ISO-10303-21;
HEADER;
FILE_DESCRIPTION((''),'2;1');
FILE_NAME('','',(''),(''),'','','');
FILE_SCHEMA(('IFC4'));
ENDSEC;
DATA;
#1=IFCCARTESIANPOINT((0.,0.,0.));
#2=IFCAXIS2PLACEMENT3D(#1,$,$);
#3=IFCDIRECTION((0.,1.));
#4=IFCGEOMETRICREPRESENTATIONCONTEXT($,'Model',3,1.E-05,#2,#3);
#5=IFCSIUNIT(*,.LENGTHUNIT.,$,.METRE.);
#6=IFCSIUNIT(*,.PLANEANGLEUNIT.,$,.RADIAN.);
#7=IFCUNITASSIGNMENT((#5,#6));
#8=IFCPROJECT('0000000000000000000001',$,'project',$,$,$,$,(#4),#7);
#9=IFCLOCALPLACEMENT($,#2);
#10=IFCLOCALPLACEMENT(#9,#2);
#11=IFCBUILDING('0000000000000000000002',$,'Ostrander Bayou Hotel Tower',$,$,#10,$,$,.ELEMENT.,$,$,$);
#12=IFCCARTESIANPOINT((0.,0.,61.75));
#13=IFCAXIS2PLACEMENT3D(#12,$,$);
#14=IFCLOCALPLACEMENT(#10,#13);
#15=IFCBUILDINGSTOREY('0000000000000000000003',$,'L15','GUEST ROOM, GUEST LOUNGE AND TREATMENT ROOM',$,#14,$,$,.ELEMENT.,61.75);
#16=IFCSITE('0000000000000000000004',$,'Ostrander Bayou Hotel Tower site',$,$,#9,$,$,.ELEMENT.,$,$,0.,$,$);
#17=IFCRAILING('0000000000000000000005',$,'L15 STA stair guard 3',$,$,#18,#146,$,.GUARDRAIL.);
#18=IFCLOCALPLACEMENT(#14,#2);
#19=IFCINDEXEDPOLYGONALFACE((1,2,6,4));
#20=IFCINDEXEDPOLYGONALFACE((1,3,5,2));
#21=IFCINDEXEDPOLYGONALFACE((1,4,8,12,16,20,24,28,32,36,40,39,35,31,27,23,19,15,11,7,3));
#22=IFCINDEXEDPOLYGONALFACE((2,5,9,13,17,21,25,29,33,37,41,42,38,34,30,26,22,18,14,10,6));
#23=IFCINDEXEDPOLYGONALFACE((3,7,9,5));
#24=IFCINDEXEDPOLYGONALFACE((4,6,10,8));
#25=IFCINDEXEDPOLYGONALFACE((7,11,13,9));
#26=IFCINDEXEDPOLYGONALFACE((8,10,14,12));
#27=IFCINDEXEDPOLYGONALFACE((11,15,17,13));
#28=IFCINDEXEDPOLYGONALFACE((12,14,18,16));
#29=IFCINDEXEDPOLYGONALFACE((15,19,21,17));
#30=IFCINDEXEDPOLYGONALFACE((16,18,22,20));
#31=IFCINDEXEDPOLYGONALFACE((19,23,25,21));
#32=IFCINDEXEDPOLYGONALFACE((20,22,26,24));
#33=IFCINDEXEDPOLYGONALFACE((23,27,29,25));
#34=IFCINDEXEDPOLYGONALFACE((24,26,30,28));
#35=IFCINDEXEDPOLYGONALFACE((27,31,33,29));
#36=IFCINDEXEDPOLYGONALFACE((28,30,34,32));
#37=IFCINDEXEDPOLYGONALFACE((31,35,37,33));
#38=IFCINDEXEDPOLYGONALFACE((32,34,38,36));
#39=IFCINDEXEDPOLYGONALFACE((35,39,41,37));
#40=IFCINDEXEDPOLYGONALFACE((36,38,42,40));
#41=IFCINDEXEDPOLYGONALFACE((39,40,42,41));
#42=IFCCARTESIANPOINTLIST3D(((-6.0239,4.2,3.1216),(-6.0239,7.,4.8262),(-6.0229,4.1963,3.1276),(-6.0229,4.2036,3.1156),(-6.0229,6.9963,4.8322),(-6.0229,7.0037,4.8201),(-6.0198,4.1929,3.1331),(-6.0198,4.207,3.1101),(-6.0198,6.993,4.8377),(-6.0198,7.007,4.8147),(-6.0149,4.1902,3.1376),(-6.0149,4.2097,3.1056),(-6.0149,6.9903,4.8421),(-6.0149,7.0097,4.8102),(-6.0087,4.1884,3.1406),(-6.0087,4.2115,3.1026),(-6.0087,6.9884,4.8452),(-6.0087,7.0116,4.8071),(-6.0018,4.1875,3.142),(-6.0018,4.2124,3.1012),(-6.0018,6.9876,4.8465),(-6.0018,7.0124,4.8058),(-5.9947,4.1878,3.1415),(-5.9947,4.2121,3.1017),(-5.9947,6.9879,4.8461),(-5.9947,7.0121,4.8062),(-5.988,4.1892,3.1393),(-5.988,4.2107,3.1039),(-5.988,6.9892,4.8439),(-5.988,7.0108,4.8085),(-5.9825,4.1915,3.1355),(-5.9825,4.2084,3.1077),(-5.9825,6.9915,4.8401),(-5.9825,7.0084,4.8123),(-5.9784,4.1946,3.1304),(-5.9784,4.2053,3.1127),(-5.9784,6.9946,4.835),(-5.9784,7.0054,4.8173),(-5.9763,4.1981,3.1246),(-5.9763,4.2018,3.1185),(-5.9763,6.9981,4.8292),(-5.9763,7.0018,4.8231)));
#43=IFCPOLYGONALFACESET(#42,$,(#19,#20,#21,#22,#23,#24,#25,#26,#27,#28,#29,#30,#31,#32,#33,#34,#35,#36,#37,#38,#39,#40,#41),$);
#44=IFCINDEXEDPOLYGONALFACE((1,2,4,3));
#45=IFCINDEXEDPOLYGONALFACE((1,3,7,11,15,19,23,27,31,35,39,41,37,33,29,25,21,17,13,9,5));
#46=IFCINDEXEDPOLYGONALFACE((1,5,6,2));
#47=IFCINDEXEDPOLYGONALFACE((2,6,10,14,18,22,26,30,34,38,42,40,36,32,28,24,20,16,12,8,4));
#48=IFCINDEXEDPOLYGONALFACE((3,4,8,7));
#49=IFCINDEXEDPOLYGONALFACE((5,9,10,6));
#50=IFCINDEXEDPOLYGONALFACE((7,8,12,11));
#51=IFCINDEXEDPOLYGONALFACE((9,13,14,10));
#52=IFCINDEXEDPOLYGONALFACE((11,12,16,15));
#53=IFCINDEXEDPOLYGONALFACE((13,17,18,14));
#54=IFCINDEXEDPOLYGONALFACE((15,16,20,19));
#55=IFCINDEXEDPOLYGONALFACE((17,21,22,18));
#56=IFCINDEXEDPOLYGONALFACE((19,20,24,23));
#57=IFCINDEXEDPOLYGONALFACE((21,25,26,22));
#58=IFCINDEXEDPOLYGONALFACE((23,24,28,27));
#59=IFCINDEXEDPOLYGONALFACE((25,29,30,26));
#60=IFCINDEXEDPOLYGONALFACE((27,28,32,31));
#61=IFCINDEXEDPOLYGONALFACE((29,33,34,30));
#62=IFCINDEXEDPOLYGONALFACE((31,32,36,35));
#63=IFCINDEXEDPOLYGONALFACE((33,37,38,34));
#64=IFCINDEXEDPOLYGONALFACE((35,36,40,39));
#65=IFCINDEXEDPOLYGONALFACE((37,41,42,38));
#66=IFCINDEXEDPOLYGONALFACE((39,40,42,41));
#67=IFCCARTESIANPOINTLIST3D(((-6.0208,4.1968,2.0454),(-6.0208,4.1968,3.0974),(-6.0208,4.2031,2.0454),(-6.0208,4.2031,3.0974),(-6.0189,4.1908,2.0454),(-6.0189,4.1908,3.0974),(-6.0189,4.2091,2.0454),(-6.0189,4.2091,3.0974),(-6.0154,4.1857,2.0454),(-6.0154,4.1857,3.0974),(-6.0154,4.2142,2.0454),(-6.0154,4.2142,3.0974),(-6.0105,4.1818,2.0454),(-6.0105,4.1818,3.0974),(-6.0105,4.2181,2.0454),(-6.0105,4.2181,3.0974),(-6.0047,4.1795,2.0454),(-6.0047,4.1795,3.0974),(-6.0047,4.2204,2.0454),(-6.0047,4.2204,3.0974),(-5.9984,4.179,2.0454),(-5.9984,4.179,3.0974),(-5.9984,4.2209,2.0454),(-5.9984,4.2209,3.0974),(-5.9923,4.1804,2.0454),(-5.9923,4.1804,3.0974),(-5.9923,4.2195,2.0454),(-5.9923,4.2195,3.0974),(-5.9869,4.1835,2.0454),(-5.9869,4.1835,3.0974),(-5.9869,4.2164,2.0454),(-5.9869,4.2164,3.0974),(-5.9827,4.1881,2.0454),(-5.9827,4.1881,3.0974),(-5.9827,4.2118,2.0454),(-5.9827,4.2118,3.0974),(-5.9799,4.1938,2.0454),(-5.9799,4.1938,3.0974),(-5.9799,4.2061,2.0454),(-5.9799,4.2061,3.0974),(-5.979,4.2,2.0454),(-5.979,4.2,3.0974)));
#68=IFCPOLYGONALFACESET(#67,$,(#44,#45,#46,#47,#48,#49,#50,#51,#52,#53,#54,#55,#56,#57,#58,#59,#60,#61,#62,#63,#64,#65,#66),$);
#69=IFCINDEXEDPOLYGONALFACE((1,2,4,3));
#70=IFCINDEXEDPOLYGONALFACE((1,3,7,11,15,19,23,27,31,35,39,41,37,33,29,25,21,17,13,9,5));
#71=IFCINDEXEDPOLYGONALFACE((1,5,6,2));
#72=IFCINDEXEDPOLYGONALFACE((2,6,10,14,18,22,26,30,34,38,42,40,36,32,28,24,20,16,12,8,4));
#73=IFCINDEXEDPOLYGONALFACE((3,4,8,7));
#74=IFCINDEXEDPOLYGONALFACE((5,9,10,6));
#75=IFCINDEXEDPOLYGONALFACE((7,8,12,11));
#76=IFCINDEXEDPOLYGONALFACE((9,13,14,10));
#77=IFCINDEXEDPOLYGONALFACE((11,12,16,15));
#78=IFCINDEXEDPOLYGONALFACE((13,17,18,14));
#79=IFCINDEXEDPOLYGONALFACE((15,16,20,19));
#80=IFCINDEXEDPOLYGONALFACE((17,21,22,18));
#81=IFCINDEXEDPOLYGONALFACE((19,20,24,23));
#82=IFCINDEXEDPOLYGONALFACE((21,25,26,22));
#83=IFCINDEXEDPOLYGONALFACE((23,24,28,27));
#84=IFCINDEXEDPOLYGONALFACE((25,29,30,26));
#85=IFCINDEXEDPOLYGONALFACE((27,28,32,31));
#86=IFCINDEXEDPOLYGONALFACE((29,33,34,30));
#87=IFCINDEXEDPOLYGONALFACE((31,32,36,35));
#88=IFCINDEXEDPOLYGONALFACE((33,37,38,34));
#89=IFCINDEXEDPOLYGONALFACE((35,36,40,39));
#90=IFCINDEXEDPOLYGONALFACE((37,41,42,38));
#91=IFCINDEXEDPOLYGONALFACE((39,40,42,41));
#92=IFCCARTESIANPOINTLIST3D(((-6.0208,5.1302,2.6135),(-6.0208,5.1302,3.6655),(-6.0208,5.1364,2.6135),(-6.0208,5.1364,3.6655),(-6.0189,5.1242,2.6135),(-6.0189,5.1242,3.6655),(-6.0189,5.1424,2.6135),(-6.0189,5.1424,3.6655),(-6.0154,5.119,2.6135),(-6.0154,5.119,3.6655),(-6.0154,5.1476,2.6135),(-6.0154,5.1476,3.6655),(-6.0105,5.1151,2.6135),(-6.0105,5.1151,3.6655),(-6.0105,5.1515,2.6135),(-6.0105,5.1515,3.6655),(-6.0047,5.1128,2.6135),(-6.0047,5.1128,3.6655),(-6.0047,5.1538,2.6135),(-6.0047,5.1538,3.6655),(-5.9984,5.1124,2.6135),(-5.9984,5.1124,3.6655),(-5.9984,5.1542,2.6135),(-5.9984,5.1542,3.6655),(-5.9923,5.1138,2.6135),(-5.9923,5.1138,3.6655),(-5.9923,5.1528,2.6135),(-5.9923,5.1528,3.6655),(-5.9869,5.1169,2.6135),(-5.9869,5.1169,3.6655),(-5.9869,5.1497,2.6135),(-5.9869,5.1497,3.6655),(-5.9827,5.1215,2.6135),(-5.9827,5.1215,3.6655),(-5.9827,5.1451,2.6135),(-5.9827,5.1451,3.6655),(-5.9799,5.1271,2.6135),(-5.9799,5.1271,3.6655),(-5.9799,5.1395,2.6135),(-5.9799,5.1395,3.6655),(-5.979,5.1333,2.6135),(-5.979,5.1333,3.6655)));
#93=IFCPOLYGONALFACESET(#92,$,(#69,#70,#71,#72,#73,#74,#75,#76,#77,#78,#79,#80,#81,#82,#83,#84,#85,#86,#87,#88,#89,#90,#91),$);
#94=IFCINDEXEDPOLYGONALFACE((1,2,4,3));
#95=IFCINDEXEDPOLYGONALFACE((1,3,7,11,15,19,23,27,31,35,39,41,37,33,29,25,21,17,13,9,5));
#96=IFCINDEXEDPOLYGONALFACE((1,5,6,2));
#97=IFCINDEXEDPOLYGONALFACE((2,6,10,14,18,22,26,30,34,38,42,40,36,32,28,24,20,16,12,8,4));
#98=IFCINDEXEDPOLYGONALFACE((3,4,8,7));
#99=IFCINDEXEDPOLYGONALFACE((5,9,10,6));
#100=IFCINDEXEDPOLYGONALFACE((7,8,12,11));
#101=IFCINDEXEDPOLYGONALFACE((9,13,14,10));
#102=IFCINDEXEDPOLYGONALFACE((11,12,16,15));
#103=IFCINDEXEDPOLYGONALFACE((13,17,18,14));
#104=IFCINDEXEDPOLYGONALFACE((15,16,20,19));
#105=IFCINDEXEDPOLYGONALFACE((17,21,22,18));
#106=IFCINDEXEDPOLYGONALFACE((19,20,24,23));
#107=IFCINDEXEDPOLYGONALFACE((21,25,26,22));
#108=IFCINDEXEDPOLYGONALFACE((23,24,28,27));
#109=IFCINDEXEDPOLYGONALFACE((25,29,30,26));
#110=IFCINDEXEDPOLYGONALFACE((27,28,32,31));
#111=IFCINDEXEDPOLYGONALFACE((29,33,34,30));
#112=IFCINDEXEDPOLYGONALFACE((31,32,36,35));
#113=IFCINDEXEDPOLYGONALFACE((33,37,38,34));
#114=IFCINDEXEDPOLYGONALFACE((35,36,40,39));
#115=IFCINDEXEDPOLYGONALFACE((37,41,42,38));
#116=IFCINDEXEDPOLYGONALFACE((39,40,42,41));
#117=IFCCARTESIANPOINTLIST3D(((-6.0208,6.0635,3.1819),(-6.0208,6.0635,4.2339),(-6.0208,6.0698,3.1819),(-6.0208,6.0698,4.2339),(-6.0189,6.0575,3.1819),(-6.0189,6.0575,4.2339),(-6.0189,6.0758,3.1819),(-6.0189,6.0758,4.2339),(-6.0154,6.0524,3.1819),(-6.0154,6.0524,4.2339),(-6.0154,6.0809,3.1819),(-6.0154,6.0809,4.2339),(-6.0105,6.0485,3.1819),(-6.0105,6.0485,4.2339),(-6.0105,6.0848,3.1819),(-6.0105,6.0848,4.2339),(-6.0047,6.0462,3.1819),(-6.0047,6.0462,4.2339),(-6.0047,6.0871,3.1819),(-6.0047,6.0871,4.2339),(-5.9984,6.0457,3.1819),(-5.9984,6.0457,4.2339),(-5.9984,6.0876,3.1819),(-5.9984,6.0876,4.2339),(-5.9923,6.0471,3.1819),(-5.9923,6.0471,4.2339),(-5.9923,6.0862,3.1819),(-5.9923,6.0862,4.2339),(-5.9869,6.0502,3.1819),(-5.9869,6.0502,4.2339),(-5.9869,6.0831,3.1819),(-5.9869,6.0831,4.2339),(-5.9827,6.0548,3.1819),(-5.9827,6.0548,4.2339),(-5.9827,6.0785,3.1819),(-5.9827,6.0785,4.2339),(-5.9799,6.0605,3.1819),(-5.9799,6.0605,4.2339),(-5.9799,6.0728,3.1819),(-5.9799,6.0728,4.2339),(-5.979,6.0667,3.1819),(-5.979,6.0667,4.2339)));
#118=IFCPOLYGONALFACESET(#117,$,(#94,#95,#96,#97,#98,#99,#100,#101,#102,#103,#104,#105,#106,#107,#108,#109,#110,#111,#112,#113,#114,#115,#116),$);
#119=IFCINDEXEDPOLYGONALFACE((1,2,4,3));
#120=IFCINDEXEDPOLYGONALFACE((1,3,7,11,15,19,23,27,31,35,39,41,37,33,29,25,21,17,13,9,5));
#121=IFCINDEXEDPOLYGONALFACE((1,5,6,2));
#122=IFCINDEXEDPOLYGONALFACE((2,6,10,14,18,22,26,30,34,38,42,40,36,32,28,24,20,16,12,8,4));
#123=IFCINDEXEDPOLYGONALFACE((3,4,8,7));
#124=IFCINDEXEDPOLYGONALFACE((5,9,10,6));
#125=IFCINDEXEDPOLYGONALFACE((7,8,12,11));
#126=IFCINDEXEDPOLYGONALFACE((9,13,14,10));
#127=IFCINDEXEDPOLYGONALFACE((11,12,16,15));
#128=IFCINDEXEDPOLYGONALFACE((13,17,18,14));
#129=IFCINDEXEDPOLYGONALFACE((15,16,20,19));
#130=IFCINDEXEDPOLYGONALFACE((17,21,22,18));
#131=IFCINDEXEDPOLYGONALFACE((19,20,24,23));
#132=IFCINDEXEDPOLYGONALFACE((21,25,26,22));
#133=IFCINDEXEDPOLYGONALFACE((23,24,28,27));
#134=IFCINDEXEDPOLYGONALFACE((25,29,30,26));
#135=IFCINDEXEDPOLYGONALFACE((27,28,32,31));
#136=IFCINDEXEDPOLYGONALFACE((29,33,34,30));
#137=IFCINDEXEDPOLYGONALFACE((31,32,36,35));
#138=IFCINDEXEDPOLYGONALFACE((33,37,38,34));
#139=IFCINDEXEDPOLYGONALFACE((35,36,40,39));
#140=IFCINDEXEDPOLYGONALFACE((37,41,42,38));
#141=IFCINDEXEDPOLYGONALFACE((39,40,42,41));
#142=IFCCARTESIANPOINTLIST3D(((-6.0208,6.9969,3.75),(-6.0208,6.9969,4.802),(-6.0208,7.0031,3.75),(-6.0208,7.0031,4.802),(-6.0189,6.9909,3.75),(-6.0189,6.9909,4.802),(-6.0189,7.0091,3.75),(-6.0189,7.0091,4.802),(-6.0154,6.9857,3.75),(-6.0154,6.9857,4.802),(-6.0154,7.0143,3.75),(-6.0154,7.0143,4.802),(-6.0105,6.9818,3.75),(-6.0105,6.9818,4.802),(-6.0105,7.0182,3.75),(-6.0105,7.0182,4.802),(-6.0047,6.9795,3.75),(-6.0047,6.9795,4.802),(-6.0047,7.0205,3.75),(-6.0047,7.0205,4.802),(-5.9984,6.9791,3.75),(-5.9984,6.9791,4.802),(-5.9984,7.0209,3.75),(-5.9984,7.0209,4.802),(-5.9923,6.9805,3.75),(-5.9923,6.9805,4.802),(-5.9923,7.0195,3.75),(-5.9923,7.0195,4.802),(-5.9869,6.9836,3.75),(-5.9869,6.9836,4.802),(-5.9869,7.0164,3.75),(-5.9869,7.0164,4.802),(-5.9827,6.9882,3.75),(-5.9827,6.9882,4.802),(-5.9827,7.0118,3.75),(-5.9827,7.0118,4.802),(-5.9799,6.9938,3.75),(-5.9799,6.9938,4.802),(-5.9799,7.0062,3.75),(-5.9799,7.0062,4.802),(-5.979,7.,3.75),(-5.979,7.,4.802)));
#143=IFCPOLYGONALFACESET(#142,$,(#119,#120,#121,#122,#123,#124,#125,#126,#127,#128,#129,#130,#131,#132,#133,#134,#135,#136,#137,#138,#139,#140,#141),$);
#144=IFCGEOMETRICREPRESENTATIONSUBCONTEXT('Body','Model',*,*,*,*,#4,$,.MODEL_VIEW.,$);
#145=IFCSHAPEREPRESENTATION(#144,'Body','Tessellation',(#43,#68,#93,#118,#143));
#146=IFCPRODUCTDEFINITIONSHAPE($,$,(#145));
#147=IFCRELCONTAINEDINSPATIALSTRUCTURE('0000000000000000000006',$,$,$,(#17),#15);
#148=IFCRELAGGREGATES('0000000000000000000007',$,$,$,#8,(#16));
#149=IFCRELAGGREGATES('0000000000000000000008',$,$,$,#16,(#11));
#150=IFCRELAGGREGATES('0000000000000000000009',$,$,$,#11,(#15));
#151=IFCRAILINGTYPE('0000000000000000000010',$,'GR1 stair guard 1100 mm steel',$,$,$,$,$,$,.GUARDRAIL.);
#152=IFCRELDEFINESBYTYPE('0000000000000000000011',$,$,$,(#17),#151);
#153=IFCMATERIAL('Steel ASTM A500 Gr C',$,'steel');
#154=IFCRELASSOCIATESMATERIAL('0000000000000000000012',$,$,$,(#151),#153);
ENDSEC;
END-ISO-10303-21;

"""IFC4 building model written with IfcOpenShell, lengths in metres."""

from ifc_helpers import new_model, si_unit, direction, frame, origin, origin_2d, place, context, subcontext, project, spatial, circle, extrude, material, type_object, element, save


model = new_model("IFC4")

# Units and contexts
model_context = context("Model", 3, precision=1e-05, world=origin(), true_north=direction((0.0, 1.0)))
body_context = subcontext(model_context, "Body", "Model", "MODEL_VIEW")
ifc_project = project(units=[si_unit("LENGTHUNIT", "METRE"), si_unit("PLANEANGLEUNIT", "RADIAN")], contexts=[model_context])

# Site, building, storey
site_placement = place(None, origin())
site = spatial("IfcSite", under=ifc_project, at=site_placement, Name="Ostrander Bayou Hotel Tower site", CompositionType="ELEMENT", RefElevation=0.0)
building_placement = place(site_placement, origin())
building = spatial("IfcBuilding", under=site, at=building_placement, Name="Ostrander Bayou Hotel Tower", CompositionType="ELEMENT")
storey_placement = place(building_placement, frame((0.0, 0.0, 61.75)))
storey = spatial("IfcBuildingStorey", under=building, at=storey_placement, Name="L15", Description="GUEST ROOM, GUEST LOUNGE AND TREATMENT ROOM", CompositionType="ELEMENT", Elevation=61.75)

# Railing
ifc_material_1 = material(Name="Steel ASTM A500 Gr C", Category="steel")
railing_type_1 = type_object("IfcRailingType", Name="GR1 stair guard 1100 mm steel", PredefinedType="GUARDRAIL", material=ifc_material_1)
railing_1_placement = place(storey_placement, frame((-6.0, 4.2, 2.0454)))
element("IfcRailing", 1, at=railing_1_placement, inside=storey, type_object=railing_type_1, Name="L15 STA stair guard 3", PredefinedType="GUARDRAIL", context=body_context, shape_type="SweptSolid", body=[
    extrude(circle(Radius=0.0239, at=origin_2d()), frame((0.0, 0.0, 1.0762), z_axis=(0.0, 0.85417, 0.519994), x_axis=(-1.0, 0.0, 0.0)), (0.0, 0.0, 1.0), 3.2781),
    extrude(circle(Radius=0.021, at=origin_2d()), origin(), (0.0, 0.0, 1.0), 1.052),
    extrude(circle(Radius=0.021, at=origin_2d()), frame((0.0, 0.9333, 0.5681)), (0.0, 0.0, 1.0), 1.052),
    extrude(circle(Radius=0.021, at=origin_2d()), frame((0.0, 1.8667, 1.1365)), (0.0, 0.0, 1.0), 1.052),
    extrude(circle(Radius=0.021, at=origin_2d()), frame((0.0, 2.8, 1.7046)), (0.0, 0.0, 1.0), 1.052),
])

save(model, "model.ifc")
